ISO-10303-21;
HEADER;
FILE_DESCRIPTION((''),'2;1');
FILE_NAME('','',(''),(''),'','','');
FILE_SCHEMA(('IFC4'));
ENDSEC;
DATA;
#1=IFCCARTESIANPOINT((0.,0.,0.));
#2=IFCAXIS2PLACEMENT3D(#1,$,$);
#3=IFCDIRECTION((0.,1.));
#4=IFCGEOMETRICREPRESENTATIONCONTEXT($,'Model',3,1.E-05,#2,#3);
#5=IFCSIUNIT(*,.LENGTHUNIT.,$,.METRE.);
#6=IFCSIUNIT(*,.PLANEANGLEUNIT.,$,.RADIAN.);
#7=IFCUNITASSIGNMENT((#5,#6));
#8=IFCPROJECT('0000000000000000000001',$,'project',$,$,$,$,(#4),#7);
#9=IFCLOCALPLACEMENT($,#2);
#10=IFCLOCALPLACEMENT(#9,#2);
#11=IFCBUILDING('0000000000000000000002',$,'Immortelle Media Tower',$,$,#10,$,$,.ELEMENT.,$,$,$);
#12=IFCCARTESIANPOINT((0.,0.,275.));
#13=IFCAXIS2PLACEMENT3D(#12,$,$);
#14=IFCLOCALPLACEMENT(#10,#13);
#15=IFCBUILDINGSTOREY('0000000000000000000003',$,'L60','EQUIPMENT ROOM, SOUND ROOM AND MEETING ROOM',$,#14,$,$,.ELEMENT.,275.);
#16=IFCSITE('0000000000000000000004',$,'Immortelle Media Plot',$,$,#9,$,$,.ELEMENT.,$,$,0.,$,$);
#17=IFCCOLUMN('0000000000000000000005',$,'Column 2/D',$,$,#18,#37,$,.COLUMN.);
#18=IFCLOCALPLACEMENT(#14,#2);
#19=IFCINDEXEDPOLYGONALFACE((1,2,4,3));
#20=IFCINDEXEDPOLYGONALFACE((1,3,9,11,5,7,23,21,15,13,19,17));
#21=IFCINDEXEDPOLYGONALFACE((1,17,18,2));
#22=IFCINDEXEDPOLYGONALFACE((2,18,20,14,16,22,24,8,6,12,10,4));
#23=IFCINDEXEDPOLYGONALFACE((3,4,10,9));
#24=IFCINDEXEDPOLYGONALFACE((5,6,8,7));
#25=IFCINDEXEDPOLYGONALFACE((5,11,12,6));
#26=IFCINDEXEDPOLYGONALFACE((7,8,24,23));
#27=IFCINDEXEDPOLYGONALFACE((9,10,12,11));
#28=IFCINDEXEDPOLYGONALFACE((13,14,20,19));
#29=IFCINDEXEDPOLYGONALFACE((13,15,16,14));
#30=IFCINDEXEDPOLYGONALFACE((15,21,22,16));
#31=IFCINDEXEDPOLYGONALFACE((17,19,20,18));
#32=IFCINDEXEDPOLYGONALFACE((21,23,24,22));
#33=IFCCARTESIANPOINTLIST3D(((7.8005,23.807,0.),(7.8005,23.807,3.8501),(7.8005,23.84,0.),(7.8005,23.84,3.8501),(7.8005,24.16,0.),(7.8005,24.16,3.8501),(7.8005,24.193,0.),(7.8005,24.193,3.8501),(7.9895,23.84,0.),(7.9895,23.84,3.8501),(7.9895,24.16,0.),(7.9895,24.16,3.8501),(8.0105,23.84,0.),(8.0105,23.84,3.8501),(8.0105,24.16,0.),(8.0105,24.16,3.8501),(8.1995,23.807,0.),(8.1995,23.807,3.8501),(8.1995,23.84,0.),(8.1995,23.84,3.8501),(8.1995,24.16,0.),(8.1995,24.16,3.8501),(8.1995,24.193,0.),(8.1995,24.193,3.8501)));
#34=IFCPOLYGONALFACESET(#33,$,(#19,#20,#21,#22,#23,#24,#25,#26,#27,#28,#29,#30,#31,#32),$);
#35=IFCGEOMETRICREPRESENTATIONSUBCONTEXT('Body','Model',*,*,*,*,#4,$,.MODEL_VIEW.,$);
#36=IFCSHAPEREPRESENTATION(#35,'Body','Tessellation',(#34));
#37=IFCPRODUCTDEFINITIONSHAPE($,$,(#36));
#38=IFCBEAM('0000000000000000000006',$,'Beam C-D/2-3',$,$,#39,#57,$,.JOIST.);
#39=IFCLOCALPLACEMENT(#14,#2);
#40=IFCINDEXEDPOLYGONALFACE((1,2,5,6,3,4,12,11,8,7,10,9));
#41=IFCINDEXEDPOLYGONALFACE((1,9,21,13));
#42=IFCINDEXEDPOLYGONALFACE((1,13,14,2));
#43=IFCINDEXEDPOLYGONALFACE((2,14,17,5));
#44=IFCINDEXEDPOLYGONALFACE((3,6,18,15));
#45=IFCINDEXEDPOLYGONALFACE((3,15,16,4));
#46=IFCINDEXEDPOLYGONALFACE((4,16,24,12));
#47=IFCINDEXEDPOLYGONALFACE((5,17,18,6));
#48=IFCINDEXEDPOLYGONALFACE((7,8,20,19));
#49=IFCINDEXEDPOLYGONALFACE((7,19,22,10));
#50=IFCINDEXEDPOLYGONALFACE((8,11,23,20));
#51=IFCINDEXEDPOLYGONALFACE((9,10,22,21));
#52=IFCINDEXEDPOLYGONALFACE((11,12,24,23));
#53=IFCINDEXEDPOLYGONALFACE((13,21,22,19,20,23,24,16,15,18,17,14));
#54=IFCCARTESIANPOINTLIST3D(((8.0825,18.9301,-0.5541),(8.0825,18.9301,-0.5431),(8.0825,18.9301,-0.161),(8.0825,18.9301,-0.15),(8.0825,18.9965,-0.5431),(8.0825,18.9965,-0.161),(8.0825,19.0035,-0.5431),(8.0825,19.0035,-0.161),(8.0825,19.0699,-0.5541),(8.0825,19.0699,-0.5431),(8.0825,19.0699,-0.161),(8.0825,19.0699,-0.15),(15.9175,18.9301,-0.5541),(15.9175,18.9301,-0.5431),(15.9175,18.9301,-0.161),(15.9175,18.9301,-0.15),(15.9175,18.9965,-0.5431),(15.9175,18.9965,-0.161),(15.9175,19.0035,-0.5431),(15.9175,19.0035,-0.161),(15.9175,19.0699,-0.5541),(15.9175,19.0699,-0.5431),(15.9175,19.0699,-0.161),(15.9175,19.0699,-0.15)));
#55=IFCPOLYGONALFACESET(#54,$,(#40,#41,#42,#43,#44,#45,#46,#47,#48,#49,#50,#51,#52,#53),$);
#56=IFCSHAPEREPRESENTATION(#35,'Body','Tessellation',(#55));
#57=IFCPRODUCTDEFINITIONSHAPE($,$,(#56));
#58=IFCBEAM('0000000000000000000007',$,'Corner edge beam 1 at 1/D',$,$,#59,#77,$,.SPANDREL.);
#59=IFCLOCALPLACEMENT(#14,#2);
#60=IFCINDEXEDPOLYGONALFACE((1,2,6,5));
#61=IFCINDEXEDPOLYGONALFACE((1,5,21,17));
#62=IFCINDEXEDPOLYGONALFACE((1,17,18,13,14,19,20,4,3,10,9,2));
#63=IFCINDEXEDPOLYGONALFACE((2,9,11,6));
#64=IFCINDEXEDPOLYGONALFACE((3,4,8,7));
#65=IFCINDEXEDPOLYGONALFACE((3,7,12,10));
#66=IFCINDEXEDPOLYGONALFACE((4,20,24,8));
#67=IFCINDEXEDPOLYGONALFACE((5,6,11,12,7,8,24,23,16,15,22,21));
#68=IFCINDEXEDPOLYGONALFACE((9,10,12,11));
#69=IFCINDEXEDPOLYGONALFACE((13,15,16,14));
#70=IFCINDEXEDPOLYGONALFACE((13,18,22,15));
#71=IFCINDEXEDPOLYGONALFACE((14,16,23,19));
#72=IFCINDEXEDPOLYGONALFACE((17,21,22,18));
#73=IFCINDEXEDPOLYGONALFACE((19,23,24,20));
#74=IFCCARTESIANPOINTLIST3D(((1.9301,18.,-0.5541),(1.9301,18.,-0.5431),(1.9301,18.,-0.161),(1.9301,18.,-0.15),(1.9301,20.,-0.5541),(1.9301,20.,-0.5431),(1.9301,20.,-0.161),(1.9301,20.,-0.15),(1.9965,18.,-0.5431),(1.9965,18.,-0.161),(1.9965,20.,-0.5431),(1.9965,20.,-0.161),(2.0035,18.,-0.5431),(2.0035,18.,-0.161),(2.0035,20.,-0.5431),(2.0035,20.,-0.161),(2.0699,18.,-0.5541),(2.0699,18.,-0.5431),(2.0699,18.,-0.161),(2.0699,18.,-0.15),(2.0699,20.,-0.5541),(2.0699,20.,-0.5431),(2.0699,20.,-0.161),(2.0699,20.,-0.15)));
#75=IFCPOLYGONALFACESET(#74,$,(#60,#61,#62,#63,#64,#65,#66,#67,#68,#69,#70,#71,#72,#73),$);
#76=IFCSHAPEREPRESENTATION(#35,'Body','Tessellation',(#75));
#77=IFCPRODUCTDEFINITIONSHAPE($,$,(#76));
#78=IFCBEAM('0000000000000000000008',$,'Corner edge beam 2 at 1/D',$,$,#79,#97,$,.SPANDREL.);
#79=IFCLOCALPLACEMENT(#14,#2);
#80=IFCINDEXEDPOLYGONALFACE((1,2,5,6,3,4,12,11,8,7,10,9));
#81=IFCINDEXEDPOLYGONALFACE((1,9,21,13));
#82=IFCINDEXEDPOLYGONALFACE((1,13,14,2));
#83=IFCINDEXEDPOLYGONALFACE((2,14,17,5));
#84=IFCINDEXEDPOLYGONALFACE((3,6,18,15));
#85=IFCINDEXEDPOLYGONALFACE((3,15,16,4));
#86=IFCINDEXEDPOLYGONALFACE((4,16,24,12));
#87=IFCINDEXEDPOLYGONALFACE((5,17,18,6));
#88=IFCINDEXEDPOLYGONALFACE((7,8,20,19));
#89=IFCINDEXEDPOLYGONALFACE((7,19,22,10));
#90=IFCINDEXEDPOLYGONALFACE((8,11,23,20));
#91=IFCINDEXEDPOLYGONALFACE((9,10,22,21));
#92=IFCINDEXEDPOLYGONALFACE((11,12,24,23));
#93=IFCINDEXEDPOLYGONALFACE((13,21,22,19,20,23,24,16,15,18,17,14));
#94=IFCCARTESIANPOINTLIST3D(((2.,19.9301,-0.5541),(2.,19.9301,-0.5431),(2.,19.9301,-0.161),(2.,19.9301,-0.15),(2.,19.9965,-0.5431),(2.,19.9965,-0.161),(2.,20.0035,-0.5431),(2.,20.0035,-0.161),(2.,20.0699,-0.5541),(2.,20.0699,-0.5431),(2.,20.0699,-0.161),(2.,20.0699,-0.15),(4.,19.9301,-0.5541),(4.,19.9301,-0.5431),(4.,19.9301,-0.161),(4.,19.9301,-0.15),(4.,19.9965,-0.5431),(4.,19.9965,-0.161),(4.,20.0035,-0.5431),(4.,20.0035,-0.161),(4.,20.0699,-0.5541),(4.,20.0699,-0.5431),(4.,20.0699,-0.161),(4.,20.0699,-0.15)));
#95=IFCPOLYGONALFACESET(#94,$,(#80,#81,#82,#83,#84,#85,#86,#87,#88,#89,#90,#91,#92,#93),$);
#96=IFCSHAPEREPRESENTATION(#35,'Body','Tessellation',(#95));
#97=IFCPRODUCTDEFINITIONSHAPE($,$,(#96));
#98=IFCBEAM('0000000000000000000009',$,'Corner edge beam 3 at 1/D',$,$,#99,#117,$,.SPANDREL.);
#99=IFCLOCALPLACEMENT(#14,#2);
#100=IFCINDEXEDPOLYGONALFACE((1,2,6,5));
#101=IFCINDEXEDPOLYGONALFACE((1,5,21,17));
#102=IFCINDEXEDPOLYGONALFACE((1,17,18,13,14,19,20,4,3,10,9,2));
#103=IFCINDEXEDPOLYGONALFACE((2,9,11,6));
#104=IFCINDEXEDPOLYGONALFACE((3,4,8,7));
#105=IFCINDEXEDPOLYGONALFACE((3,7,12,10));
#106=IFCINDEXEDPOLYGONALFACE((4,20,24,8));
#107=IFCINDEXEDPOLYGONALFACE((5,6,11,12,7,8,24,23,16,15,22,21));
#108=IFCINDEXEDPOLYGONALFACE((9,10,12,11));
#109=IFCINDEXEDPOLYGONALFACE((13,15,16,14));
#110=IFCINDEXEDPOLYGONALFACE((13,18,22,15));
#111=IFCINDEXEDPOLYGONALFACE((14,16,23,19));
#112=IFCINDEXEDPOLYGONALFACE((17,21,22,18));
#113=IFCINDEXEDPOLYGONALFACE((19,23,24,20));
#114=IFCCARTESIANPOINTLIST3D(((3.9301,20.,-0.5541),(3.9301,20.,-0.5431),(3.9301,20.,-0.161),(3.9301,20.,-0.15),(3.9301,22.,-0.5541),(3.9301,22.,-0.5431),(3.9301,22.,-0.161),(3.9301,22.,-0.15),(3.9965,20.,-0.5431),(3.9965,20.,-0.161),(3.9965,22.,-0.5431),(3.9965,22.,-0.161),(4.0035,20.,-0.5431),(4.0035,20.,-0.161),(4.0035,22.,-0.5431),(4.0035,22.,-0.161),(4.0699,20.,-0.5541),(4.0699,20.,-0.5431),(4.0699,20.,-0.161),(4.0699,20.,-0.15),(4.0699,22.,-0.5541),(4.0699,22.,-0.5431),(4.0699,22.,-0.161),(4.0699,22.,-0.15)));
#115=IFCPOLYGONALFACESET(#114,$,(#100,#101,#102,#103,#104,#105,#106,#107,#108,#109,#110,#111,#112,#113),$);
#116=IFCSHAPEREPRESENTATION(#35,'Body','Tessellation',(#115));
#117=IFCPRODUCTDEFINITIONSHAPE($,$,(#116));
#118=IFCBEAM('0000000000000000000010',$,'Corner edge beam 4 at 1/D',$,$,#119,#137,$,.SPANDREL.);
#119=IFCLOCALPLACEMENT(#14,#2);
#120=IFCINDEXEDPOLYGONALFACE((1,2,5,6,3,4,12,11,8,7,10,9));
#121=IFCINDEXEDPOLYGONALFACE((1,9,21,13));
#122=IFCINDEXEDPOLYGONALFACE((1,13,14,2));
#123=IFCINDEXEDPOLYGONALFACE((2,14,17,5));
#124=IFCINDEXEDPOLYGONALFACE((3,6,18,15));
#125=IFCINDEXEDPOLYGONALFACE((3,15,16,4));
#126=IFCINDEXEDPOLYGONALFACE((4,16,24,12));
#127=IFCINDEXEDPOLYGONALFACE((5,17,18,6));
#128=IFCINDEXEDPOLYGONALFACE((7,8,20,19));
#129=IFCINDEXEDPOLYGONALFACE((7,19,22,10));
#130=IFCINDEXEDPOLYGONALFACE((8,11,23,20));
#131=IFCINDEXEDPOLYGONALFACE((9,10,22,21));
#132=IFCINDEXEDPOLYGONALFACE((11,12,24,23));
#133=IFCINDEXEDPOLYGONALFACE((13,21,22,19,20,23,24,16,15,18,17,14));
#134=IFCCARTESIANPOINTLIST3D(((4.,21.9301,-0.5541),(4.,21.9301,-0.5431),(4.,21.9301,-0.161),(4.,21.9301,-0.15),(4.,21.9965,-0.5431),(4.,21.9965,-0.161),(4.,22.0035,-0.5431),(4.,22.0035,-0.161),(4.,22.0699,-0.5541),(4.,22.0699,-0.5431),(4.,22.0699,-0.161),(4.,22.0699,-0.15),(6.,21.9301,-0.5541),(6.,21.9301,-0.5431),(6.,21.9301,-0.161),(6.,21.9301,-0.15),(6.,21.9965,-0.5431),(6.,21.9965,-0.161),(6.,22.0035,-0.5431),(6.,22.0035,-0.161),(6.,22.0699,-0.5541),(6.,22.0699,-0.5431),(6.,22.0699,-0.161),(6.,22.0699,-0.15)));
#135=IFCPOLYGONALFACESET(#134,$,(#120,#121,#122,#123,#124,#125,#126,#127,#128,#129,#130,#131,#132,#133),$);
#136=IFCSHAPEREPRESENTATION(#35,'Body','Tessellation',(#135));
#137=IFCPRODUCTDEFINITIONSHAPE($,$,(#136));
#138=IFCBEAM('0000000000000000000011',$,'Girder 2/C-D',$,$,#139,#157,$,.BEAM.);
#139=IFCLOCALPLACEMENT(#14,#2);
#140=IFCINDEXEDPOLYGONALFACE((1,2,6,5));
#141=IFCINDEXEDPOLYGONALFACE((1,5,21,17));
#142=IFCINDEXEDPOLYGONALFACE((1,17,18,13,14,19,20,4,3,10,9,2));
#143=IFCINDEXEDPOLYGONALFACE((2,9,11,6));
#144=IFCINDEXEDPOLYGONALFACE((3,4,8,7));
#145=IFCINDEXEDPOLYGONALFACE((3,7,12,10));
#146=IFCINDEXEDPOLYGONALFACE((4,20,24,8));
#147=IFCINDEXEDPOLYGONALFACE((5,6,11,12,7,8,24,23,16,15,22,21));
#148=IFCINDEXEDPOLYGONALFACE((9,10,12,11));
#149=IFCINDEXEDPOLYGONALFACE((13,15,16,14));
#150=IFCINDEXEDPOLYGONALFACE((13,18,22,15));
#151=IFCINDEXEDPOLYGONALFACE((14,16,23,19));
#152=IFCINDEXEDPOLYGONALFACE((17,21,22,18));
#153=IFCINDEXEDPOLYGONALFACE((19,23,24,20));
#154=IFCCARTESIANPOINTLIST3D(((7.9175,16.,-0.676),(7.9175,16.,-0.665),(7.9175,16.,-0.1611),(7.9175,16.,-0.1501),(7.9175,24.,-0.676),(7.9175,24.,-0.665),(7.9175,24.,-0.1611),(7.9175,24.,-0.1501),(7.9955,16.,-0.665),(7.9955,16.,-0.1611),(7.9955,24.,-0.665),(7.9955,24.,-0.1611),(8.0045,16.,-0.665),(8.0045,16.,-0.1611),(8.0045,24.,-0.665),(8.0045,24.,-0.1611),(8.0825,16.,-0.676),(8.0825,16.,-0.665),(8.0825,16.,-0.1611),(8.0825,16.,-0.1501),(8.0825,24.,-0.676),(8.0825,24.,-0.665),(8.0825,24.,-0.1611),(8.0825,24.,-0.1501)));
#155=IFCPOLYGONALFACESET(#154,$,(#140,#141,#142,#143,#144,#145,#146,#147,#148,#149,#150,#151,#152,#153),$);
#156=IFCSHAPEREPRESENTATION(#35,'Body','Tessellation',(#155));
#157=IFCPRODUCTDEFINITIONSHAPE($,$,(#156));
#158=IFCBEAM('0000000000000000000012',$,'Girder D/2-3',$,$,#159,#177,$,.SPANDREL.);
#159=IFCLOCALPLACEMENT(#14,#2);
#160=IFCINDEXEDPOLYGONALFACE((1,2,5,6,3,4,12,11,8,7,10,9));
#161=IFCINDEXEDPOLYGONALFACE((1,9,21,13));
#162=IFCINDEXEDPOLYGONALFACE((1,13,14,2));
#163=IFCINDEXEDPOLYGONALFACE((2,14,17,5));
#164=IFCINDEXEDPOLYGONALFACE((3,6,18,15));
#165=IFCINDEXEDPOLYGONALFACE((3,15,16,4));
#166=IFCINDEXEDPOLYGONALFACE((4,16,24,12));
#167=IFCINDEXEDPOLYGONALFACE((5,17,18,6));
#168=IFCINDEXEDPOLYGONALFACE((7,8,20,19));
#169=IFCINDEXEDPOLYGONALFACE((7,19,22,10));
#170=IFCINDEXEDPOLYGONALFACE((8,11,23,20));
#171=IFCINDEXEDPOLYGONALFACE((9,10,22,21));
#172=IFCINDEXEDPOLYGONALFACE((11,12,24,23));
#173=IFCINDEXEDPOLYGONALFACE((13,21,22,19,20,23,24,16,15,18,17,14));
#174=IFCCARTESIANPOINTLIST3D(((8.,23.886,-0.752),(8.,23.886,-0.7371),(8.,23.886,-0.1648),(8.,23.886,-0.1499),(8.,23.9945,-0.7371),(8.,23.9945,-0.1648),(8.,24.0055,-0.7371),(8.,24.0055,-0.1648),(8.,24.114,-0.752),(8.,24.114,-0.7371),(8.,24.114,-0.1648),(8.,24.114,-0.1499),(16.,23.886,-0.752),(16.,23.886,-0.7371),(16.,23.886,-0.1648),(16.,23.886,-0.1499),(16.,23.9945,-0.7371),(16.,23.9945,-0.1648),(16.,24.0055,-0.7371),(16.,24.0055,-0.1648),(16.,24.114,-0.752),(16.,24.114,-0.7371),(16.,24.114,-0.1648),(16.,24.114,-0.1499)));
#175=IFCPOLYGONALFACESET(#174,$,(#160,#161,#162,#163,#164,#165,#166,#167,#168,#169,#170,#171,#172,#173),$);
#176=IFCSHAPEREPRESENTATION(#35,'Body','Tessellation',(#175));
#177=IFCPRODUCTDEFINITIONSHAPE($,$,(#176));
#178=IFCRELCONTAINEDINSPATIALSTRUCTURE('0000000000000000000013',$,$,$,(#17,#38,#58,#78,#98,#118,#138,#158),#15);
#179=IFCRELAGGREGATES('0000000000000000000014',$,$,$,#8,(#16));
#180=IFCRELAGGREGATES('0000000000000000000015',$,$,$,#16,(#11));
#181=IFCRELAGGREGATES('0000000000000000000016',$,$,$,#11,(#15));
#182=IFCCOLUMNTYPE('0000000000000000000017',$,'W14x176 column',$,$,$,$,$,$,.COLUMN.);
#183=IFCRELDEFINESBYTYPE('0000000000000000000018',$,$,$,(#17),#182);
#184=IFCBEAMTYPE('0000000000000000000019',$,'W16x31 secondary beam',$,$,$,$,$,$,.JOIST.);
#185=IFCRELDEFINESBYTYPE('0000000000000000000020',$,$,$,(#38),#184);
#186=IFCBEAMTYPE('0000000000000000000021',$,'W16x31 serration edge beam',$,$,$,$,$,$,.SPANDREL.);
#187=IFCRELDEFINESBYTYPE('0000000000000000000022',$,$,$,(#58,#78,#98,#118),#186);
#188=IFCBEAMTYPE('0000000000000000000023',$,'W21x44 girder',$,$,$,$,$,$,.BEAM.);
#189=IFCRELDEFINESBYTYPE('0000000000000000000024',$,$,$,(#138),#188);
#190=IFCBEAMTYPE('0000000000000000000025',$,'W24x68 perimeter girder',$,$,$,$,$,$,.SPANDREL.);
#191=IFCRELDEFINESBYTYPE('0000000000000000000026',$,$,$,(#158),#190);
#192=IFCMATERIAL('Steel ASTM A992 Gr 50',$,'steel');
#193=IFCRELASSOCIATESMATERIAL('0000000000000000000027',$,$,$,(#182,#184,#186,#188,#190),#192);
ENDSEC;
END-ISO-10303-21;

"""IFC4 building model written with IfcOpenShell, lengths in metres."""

from ifc_helpers import new_model, si_unit, direction, frame, origin, origin_2d, place, context, subcontext, project, spatial, i_section, extrude, material, material_profile, profile_set, type_object, element, save


model = new_model("IFC4")

# Units and contexts
model_context = context("Model", 3, precision=1e-05, world=origin(), true_north=direction((0.0, 1.0)))
body_context = subcontext(model_context, "Body", "Model", "MODEL_VIEW")
ifc_project = project(units=[si_unit("LENGTHUNIT", "METRE"), si_unit("PLANEANGLEUNIT", "RADIAN")], contexts=[model_context])

# Site, building, storey
site_placement = place(None, origin())
site = spatial("IfcSite", under=ifc_project, at=site_placement, Name="Immortelle Media Plot", CompositionType="ELEMENT", RefElevation=0.0)
building_placement = place(site_placement, origin())
building = spatial("IfcBuilding", under=site, at=building_placement, Name="Immortelle Media Tower", CompositionType="ELEMENT")
storey_placement = place(building_placement, frame((0.0, 0.0, 275.0)))
storey = spatial("IfcBuildingStorey", under=building, at=storey_placement, Name="L60", Description="EQUIPMENT ROOM, SOUND ROOM AND MEETING ROOM", CompositionType="ELEMENT", Elevation=275.0)

# Column
ifc_material_1 = material(Name="Steel ASTM A992 Gr 50", Category="steel")
ifc_material_profile_1 = material_profile(ifc_material_1, i_section(OverallWidth=0.3989, OverallDepth=0.386, WebThickness=0.021, FlangeThickness=0.033, at=origin_2d()), Name="W14x176")
ifc_profile_set_1 = profile_set([ifc_material_profile_1], Name="Steel ASTM A992 Gr 50")
column_type = type_object("IfcColumnType", Name="W14x176 column", PredefinedType="COLUMN", material=ifc_profile_set_1)
column_placement = place(storey_placement, frame((8.0, 24.0, 0.0), z_axis=(0.0, 0.0, 1.0), x_axis=(1.0, 0.0, 0.0)))
element("IfcColumn", 1, at=column_placement, inside=storey, type_object=column_type, Name="Column 2/D", PredefinedType="COLUMN", context=body_context, shape_type="SweptSolid", body=[
    extrude(i_section(OverallWidth=0.3989, OverallDepth=0.386, WebThickness=0.021, FlangeThickness=0.033, at=origin_2d()), origin(), (0.0, 0.0, 1.0), 3.8501),
])

# Beams
ifc_material_profile_2 = material_profile(ifc_material_1, i_section(OverallWidth=0.1399, OverallDepth=0.4041, WebThickness=0.0071, FlangeThickness=0.011, at=origin_2d()), Name="W16x31")
ifc_profile_set_2 = profile_set([ifc_material_profile_2], Name="Steel ASTM A992 Gr 50")
beam_type_1 = type_object("IfcBeamType", Name="W16x31 secondary beam", PredefinedType="JOIST", material=ifc_profile_set_2)
beam_1_placement = place(storey_placement, frame((8.0825, 19.0, -0.3521), z_axis=(1.0, 0.0, 0.0), x_axis=(0.0, 1.0, 0.0)))
element("IfcBeam", 2, at=beam_1_placement, inside=storey, type_object=beam_type_1, Name="Beam C-D/2-3", PredefinedType="JOIST", context=body_context, shape_type="SweptSolid", body=[
    extrude(i_section(OverallWidth=0.1399, OverallDepth=0.4041, WebThickness=0.0071, FlangeThickness=0.011, at=origin_2d()), origin(), (0.0, 0.0, 1.0), 7.835),
])
ifc_material_profile_3 = material_profile(ifc_material_1, i_section(OverallWidth=0.1399, OverallDepth=0.4041, WebThickness=0.0071, FlangeThickness=0.011, at=origin_2d()), Name="W16x31")
ifc_profile_set_3 = profile_set([ifc_material_profile_3], Name="Steel ASTM A992 Gr 50")
beam_type_2 = type_object("IfcBeamType", Name="W16x31 serration edge beam", PredefinedType="SPANDREL", material=ifc_profile_set_3)
for number, where, z_axis, x_axis, name in (
    (3, (2.0, 18.0, -0.3521), (0.0, 1.0, 0.0), (-1.0, 0.0, 0.0), "Corner edge beam 1 at 1/D"),
    (4, (2.0, 20.0, -0.3521), (1.0, 0.0, 0.0), (0.0, 1.0, 0.0), "Corner edge beam 2 at 1/D"),
    (5, (4.0, 20.0, -0.3521), (0.0, 1.0, 0.0), (-1.0, 0.0, 0.0), "Corner edge beam 3 at 1/D"),
    (6, (4.0, 22.0, -0.3521), (1.0, 0.0, 0.0), (0.0, 1.0, 0.0), "Corner edge beam 4 at 1/D"),
):
    element("IfcBeam", number, at=place(storey_placement, frame(where, z_axis=z_axis, x_axis=x_axis)), inside=storey, type_object=beam_type_2, Name=name, PredefinedType="SPANDREL", context=body_context, shape_type="SweptSolid", body=[
        extrude(i_section(OverallWidth=0.1399, OverallDepth=0.4041, WebThickness=0.0071, FlangeThickness=0.011, at=origin_2d()), origin(), (0.0, 0.0, 1.0), 2.0),
    ])
ifc_material_profile_4 = material_profile(ifc_material_1, i_section(OverallWidth=0.165, OverallDepth=0.5259, WebThickness=0.009, FlangeThickness=0.011, at=origin_2d()), Name="W21x44")
ifc_profile_set_4 = profile_set([ifc_material_profile_4], Name="Steel ASTM A992 Gr 50")
beam_type_3 = type_object("IfcBeamType", Name="W21x44 girder", PredefinedType="BEAM", material=ifc_profile_set_4)
beam_2_placement = place(storey_placement, frame((8.0, 16.0, -0.4131), z_axis=(0.0, 1.0, 0.0), x_axis=(-1.0, 0.0, 0.0)))
element("IfcBeam", 7, at=beam_2_placement, inside=storey, type_object=beam_type_3, Name="Girder 2/C-D", PredefinedType="BEAM", context=body_context, shape_type="SweptSolid", body=[
    extrude(i_section(OverallWidth=0.165, OverallDepth=0.5259, WebThickness=0.009, FlangeThickness=0.011, at=origin_2d()), origin(), (0.0, 0.0, 1.0), 8.0),
])
ifc_material_profile_5 = material_profile(ifc_material_1, i_section(OverallWidth=0.228, OverallDepth=0.6021, WebThickness=0.011, FlangeThickness=0.0149, at=origin_2d()), Name="W24x68")
ifc_profile_set_5 = profile_set([ifc_material_profile_5], Name="Steel ASTM A992 Gr 50")
beam_type_4 = type_object("IfcBeamType", Name="W24x68 perimeter girder", PredefinedType="SPANDREL", material=ifc_profile_set_5)
beam_3_placement = place(storey_placement, frame((8.0, 24.0, -0.4509), z_axis=(1.0, 0.0, 0.0), x_axis=(0.0, 1.0, 0.0)))
element("IfcBeam", 8, at=beam_3_placement, inside=storey, type_object=beam_type_4, Name="Girder D/2-3", PredefinedType="SPANDREL", context=body_context, shape_type="SweptSolid", body=[
    extrude(i_section(OverallWidth=0.228, OverallDepth=0.6021, WebThickness=0.011, FlangeThickness=0.0149, at=origin_2d()), origin(), (0.0, 0.0, 1.0), 8.0),
])

save(model, "model.ifc")
